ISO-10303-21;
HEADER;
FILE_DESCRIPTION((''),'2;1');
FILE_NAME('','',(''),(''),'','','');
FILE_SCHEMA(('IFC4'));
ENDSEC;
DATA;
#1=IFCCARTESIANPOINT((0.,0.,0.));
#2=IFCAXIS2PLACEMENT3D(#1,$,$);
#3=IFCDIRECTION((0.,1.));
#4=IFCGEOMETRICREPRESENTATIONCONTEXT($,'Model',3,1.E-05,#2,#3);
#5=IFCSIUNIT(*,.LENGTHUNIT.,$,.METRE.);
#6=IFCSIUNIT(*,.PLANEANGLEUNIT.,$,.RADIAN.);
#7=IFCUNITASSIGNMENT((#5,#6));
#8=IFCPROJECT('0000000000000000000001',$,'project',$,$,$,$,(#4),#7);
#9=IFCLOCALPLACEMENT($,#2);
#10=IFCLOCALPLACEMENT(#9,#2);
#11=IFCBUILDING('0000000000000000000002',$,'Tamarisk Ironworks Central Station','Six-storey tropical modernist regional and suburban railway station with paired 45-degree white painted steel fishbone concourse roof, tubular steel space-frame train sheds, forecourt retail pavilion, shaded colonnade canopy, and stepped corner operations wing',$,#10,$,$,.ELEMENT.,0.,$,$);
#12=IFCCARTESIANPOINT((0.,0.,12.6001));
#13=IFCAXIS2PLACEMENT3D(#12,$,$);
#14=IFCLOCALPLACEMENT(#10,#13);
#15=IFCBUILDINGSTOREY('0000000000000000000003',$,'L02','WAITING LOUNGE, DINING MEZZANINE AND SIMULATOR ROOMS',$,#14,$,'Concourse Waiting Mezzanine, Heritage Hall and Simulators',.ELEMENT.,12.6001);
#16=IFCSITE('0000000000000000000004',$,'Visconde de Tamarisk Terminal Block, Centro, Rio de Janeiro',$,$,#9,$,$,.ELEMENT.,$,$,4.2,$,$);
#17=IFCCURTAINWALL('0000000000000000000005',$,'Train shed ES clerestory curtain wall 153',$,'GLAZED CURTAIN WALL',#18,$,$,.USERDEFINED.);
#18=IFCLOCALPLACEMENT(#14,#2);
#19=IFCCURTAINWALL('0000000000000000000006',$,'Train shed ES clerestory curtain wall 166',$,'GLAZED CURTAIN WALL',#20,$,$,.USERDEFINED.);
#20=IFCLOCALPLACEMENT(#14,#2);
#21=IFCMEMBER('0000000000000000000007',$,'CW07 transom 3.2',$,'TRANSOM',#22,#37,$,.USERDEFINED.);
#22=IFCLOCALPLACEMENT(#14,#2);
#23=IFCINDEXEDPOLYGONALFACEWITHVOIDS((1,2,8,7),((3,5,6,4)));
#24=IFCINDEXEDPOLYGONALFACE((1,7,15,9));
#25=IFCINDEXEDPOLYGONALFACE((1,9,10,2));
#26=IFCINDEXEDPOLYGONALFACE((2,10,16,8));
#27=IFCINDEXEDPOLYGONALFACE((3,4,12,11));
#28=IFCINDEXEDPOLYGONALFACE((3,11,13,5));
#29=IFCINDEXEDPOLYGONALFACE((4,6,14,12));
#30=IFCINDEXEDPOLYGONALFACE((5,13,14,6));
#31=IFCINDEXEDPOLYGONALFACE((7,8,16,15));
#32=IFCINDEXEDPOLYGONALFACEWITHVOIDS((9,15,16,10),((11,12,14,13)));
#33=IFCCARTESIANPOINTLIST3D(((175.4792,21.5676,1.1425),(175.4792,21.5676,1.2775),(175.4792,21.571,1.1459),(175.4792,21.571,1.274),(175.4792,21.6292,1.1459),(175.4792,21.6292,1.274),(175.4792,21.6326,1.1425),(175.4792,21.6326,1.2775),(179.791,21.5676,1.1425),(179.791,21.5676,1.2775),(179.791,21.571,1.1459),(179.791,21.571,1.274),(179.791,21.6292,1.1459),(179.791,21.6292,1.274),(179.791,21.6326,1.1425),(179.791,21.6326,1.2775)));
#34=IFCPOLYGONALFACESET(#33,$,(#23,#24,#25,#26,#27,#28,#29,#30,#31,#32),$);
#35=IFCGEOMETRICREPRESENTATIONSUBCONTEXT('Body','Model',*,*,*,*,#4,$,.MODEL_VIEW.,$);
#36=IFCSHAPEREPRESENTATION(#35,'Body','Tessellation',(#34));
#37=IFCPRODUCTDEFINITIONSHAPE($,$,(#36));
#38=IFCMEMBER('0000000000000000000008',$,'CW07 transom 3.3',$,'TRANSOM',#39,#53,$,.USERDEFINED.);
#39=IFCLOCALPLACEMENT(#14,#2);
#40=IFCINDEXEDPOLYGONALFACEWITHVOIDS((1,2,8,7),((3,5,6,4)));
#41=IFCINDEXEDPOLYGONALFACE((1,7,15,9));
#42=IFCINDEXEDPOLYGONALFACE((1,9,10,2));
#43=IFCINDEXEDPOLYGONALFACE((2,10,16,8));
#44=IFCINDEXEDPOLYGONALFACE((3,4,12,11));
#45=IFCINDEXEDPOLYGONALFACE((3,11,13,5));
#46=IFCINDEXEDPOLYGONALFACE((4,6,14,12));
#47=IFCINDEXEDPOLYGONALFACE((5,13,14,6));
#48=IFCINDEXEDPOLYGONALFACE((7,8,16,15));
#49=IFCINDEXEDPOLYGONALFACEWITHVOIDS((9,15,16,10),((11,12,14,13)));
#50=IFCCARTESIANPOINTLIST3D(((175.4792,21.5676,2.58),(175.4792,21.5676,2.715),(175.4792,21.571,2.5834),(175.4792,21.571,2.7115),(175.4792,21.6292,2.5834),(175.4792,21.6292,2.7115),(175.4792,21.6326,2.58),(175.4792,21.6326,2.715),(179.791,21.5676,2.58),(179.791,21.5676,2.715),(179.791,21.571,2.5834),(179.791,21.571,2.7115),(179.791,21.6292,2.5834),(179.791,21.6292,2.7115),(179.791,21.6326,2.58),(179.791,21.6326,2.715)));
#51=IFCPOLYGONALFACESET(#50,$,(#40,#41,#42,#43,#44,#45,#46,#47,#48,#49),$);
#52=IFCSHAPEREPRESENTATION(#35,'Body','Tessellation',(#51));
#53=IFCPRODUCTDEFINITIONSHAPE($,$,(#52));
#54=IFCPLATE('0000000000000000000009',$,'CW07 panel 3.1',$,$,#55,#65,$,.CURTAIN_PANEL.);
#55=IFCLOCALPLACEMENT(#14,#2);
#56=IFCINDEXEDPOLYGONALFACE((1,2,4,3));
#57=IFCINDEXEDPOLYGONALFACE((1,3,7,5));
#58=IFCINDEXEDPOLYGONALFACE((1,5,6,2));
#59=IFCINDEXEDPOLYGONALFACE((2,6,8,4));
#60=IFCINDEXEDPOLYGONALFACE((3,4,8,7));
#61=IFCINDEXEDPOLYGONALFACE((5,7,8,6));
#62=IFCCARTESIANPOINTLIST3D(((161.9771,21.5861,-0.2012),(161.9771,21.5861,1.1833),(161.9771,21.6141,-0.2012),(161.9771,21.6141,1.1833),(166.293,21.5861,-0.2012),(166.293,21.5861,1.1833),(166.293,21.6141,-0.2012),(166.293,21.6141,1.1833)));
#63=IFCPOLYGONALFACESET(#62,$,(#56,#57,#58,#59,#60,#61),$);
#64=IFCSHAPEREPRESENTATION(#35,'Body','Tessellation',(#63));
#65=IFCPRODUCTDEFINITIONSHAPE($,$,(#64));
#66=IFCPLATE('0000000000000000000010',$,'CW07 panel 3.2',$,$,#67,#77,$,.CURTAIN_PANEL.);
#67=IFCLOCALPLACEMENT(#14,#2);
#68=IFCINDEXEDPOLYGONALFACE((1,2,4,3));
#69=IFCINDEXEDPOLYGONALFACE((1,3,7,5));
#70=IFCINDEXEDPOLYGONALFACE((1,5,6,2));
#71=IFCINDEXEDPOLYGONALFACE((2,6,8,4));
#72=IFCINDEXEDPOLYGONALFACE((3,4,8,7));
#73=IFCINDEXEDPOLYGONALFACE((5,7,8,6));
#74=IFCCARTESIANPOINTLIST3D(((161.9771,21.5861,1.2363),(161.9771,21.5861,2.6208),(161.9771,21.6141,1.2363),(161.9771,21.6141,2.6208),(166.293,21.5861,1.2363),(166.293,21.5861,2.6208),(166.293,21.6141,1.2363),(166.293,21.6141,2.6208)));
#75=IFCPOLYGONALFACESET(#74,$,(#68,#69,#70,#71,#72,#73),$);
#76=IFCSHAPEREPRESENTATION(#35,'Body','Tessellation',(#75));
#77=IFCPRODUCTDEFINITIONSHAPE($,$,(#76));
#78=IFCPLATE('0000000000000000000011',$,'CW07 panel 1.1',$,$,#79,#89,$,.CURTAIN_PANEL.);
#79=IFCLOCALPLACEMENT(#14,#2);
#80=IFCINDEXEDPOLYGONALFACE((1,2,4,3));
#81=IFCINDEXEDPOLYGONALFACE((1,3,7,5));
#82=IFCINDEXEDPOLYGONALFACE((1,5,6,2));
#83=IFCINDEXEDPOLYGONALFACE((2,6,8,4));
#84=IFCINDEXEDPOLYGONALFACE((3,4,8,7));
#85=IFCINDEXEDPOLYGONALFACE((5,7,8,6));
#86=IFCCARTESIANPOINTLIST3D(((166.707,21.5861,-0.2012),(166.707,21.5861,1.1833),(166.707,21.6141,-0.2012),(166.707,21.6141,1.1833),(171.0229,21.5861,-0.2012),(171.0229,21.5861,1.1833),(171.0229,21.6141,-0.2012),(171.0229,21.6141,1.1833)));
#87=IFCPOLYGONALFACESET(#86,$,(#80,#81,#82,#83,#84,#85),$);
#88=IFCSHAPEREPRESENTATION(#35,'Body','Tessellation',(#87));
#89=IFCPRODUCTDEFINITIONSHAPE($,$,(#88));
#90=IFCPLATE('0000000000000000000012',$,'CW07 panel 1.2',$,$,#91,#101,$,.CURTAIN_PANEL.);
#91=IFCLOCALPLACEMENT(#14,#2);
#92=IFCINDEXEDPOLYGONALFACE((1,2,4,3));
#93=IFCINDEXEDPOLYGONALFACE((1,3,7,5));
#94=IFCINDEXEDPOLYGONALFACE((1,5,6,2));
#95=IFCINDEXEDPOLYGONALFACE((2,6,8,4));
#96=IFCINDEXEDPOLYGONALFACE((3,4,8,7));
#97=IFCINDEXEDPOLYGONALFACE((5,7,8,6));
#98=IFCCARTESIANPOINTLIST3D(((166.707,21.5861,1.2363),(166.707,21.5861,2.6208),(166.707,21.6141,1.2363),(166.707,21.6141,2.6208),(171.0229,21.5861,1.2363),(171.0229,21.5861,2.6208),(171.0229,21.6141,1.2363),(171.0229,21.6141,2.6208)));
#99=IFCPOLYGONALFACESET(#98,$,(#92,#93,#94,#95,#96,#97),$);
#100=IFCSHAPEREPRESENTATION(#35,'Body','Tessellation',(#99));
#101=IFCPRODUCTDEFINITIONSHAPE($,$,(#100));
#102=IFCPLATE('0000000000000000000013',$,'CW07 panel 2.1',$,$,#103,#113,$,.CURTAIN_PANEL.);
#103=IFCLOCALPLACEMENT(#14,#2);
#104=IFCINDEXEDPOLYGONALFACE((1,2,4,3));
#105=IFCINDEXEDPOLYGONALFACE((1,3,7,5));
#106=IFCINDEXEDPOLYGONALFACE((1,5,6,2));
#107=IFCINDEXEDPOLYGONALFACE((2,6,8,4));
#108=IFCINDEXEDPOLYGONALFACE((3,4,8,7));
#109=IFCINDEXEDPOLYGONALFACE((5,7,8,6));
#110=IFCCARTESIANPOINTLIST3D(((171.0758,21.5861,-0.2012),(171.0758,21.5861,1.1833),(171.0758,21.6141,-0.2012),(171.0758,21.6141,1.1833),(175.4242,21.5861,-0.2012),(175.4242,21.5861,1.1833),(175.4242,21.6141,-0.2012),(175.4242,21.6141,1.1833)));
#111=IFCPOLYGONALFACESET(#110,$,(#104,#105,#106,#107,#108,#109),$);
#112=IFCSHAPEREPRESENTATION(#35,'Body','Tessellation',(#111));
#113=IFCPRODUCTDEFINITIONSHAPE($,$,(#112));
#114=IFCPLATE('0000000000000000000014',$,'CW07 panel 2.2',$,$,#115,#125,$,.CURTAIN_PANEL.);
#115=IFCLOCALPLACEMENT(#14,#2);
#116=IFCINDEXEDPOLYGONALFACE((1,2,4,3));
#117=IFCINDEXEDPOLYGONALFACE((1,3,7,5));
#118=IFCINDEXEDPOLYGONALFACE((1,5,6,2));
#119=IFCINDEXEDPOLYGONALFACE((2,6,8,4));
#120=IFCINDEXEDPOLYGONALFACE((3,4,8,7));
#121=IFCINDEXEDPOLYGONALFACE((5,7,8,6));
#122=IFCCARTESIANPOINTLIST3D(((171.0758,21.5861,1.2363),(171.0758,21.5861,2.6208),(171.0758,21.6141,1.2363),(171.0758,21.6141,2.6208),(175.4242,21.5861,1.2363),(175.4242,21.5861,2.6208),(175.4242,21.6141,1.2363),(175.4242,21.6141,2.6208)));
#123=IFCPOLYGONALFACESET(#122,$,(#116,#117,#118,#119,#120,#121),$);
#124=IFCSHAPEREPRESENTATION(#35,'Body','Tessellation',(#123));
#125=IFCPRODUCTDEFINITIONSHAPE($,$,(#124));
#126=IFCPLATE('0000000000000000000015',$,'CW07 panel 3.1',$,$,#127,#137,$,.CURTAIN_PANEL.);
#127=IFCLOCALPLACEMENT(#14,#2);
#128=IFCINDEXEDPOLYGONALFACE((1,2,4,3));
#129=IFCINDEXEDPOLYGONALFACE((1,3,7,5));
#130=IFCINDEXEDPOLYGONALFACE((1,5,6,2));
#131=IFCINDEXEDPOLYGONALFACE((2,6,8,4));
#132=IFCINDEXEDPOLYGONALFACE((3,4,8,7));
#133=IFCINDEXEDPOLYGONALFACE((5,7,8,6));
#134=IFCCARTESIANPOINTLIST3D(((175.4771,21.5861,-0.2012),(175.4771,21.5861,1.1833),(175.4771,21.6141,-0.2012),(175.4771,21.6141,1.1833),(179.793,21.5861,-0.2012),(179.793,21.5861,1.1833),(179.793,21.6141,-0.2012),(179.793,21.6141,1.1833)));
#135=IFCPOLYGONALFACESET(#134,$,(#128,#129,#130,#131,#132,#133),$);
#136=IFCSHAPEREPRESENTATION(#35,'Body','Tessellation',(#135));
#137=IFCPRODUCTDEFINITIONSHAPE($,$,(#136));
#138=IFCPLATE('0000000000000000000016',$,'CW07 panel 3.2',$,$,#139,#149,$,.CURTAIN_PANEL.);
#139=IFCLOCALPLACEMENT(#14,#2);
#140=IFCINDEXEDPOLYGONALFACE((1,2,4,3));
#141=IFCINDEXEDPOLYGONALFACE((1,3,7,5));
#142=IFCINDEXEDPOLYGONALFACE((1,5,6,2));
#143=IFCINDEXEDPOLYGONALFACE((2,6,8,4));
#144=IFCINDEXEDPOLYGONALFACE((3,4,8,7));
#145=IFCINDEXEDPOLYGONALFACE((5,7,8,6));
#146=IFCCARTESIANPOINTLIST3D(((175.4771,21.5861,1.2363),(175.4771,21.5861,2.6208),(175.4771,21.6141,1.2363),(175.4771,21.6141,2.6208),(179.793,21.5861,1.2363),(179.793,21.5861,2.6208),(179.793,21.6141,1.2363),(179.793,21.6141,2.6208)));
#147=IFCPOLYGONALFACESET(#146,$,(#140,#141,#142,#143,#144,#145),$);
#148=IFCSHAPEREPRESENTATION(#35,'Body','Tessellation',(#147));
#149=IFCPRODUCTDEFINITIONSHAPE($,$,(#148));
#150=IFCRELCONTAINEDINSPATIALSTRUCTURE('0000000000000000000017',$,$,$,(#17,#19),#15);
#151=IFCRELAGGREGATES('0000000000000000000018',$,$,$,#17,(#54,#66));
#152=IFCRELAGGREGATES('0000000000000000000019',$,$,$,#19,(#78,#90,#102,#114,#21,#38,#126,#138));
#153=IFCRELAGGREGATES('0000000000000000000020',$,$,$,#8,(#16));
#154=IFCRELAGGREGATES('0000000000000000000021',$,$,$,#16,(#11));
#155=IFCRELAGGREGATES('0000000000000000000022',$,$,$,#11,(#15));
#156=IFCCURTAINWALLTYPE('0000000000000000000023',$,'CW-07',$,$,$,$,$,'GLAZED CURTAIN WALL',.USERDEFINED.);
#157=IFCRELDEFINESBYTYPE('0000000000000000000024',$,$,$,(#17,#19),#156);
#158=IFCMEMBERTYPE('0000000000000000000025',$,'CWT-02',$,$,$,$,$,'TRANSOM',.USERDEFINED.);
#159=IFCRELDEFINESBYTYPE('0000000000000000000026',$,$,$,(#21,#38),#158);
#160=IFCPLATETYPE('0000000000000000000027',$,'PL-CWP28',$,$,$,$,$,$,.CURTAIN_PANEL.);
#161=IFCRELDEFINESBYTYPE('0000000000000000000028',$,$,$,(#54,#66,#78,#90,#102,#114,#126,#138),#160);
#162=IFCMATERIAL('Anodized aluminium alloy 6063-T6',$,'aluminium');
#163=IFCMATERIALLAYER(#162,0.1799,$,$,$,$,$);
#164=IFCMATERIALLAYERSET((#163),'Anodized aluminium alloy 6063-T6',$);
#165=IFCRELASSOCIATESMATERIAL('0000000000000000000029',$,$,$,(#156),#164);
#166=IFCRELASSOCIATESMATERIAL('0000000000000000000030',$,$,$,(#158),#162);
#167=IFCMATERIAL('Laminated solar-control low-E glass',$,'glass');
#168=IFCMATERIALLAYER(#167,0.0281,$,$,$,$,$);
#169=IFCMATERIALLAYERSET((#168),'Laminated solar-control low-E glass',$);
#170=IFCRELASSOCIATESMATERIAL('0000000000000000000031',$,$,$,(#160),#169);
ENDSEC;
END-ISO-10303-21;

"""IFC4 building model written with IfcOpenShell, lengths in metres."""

from ifc_helpers import new_model, si_unit, direction, frame, origin, origin_2d, place, context, subcontext, project, spatial, rectangle, hollow_rectangle, extrude, material, layer, layer_set, material_profile, profile_set, type_object, element, aggregate, save


model = new_model("IFC4")

# Units and contexts
model_context = context("Model", 3, precision=1e-05, world=origin(), true_north=direction((0.0, 1.0)))
body_context = subcontext(model_context, "Body", "Model", "MODEL_VIEW")
ifc_project = project(units=[si_unit("LENGTHUNIT", "METRE"), si_unit("PLANEANGLEUNIT", "RADIAN")], contexts=[model_context])

# Site, building, storey
site_placement = place(None, origin())
site = spatial("IfcSite", under=ifc_project, at=site_placement, Name="Visconde de Tamarisk Terminal Block, Centro, Rio de Janeiro", CompositionType="ELEMENT", RefElevation=4.2)
building_placement = place(site_placement, origin())
building = spatial("IfcBuilding", under=site, at=building_placement, Name="Tamarisk Ironworks Central Station", Description="Six-storey tropical modernist regional and suburban railway station with paired 45-degree white painted steel fishbone concourse roof, tubular steel space-frame train sheds, forecourt retail pavilion, shaded colonnade canopy, and stepped corner operations wing", CompositionType="ELEMENT", ElevationOfRefHeight=0.0)
storey_placement = place(building_placement, frame((0.0, 0.0, 12.6001)))
storey = spatial("IfcBuildingStorey", under=building, at=storey_placement, Name="L02", Description="WAITING LOUNGE, DINING MEZZANINE AND SIMULATOR ROOMS", LongName="Concourse Waiting Mezzanine, Heritage Hall and Simulators", CompositionType="ELEMENT", Elevation=12.6001)

# Curtain wall
ifc_material_1 = material(Name="Anodized aluminium alloy 6063-T6", Category="aluminium")
ifc_layer_1 = layer(ifc_material_1, 0.1799)
ifc_layer_set_1 = layer_set([ifc_layer_1], Name="Anodized aluminium alloy 6063-T6")
curtain_wall_type = type_object("IfcCurtainWallType", Name="CW-07", ElementType="GLAZED CURTAIN WALL", PredefinedType="USERDEFINED", material=ifc_layer_set_1)
curtain_wall_1_placement = place(storey_placement, origin())
curtain_wall_1 = element("IfcCurtainWall", 1, at=curtain_wall_1_placement, inside=storey, type_object=curtain_wall_type, Name="Train shed ES clerestory curtain wall 153", ObjectType="GLAZED CURTAIN WALL", PredefinedType="USERDEFINED")

# Curtain wall
curtain_wall_2_placement = place(storey_placement, origin())
curtain_wall_2 = element("IfcCurtainWall", 2, at=curtain_wall_2_placement, inside=storey, type_object=curtain_wall_type, Name="Train shed ES clerestory curtain wall 166", ObjectType="GLAZED CURTAIN WALL", PredefinedType="USERDEFINED")

# Members
ifc_material_profile_1 = material_profile(ifc_material_1, hollow_rectangle(XDim=0.0649, YDim=0.135, WallThickness=0.0034, at=origin_2d()), Name="ALUM 135x65")
ifc_profile_set_1 = profile_set([ifc_material_profile_1], Name="Anodized aluminium alloy 6063-T6")
member_type_1 = type_object("IfcMemberType", Name="CWT-02", ElementType="TRANSOM", PredefinedType="USERDEFINED", material=ifc_profile_set_1)
member_1_placement = place(storey_placement, frame((175.4792, 21.6001, 1.21), z_axis=(1.0, 0.0, 0.0), x_axis=(0.0, 1.0, 0.0)))
member_1 = element("IfcMember", 3, at=member_1_placement, type_object=member_type_1, Name="CW07 transom 3.2", ObjectType="TRANSOM", PredefinedType="USERDEFINED", context=body_context, shape_type="SweptSolid", body=[
    extrude(hollow_rectangle(XDim=0.0649, YDim=0.135, WallThickness=0.0034, at=origin_2d()), origin(), (0.0, 0.0, 1.0), 4.3118),
])
member_2_placement = place(storey_placement, frame((175.4792, 21.6001, 2.6475), z_axis=(1.0, 0.0, 0.0), x_axis=(0.0, 1.0, 0.0)))
member_2 = element("IfcMember", 4, at=member_2_placement, type_object=member_type_1, Name="CW07 transom 3.3", ObjectType="TRANSOM", PredefinedType="USERDEFINED", context=body_context, shape_type="SweptSolid", body=[
    extrude(hollow_rectangle(XDim=0.0649, YDim=0.135, WallThickness=0.0034, at=origin_2d()), origin(), (0.0, 0.0, 1.0), 4.3118),
])

# Plates
ifc_material_2 = material(Name="Laminated solar-control low-E glass", Category="glass")
ifc_layer_2 = layer(ifc_material_2, 0.0281)
ifc_layer_set_2 = layer_set([ifc_layer_2], Name="Laminated solar-control low-E glass")
plate_type = type_object("IfcPlateType", Name="PL-CWP28", PredefinedType="CURTAIN_PANEL", material=ifc_layer_set_2)
plate_1_placement = place(storey_placement, frame((164.135, 21.6001, -0.2012), z_axis=(0.0, 0.0, 1.0), x_axis=(1.0, 0.0, 0.0)))
plate_1 = element("IfcPlate", 5, at=plate_1_placement, type_object=plate_type, Name="CW07 panel 3.1", PredefinedType="CURTAIN_PANEL", context=body_context, shape_type="SweptSolid", body=[
    extrude(rectangle(XDim=4.3159, YDim=0.0281, at=origin_2d()), origin(), (0.0, 0.0, 1.0), 1.3845),
])
plate_2_placement = place(storey_placement, frame((164.135, 21.6001, 1.2363), z_axis=(0.0, 0.0, 1.0), x_axis=(1.0, 0.0, 0.0)))
plate_2 = element("IfcPlate", 6, at=plate_2_placement, type_object=plate_type, Name="CW07 panel 3.2", PredefinedType="CURTAIN_PANEL", context=body_context, shape_type="SweptSolid", body=[
    extrude(rectangle(XDim=4.3159, YDim=0.0281, at=origin_2d()), origin(), (0.0, 0.0, 1.0), 1.3845),
])
aggregate(curtain_wall_1, [plate_1, plate_2])
plate_3_placement = place(storey_placement, frame((168.865, 21.6001, -0.2012), z_axis=(0.0, 0.0, 1.0), x_axis=(1.0, 0.0, 0.0)))
plate_3 = element("IfcPlate", 7, at=plate_3_placement, type_object=plate_type, Name="CW07 panel 1.1", PredefinedType="CURTAIN_PANEL", context=body_context, shape_type="SweptSolid", body=[
    extrude(rectangle(XDim=4.3159, YDim=0.0281, at=origin_2d()), origin(), (0.0, 0.0, 1.0), 1.3845),
])
plate_4_placement = place(storey_placement, frame((168.865, 21.6001, 1.2363), z_axis=(0.0, 0.0, 1.0), x_axis=(1.0, 0.0, 0.0)))
plate_4 = element("IfcPlate", 8, at=plate_4_placement, type_object=plate_type, Name="CW07 panel 1.2", PredefinedType="CURTAIN_PANEL", context=body_context, shape_type="SweptSolid", body=[
    extrude(rectangle(XDim=4.3159, YDim=0.0281, at=origin_2d()), origin(), (0.0, 0.0, 1.0), 1.3845),
])
plate_5_placement = place(storey_placement, frame((173.25, 21.6001, -0.2012), z_axis=(0.0, 0.0, 1.0), x_axis=(1.0, 0.0, 0.0)))
plate_5 = element("IfcPlate", 9, at=plate_5_placement, type_object=plate_type, Name="CW07 panel 2.1", PredefinedType="CURTAIN_PANEL", context=body_context, shape_type="SweptSolid", body=[
    extrude(rectangle(XDim=4.3484, YDim=0.0281, at=origin_2d()), origin(), (0.0, 0.0, 1.0), 1.3845),
])
plate_6_placement = place(storey_placement, frame((173.25, 21.6001, 1.2363), z_axis=(0.0, 0.0, 1.0), x_axis=(1.0, 0.0, 0.0)))
plate_6 = element("IfcPlate", 10, at=plate_6_placement, type_object=plate_type, Name="CW07 panel 2.2", PredefinedType="CURTAIN_PANEL", context=body_context, shape_type="SweptSolid", body=[
    extrude(rectangle(XDim=4.3484, YDim=0.0281, at=origin_2d()), origin(), (0.0, 0.0, 1.0), 1.3845),
])
plate_7_placement = place(storey_placement, frame((177.635, 21.6001, -0.2012), z_axis=(0.0, 0.0, 1.0), x_axis=(1.0, 0.0, 0.0)))
plate_7 = element("IfcPlate", 11, at=plate_7_placement, type_object=plate_type, Name="CW07 panel 3.1", PredefinedType="CURTAIN_PANEL", context=body_context, shape_type="SweptSolid", body=[
    extrude(rectangle(XDim=4.3159, YDim=0.0281, at=origin_2d()), origin(), (0.0, 0.0, 1.0), 1.3845),
])
plate_8_placement = place(storey_placement, frame((177.635, 21.6001, 1.2363), z_axis=(0.0, 0.0, 1.0), x_axis=(1.0, 0.0, 0.0)))
plate_8 = element("IfcPlate", 12, at=plate_8_placement, type_object=plate_type, Name="CW07 panel 3.2", PredefinedType="CURTAIN_PANEL", context=body_context, shape_type="SweptSolid", body=[
    extrude(rectangle(XDim=4.3159, YDim=0.0281, at=origin_2d()), origin(), (0.0, 0.0, 1.0), 1.3845),
])
aggregate(curtain_wall_2, [plate_3, plate_4, plate_5, plate_6, member_1, member_2, plate_7, plate_8])

save(model, "model.ifc")
